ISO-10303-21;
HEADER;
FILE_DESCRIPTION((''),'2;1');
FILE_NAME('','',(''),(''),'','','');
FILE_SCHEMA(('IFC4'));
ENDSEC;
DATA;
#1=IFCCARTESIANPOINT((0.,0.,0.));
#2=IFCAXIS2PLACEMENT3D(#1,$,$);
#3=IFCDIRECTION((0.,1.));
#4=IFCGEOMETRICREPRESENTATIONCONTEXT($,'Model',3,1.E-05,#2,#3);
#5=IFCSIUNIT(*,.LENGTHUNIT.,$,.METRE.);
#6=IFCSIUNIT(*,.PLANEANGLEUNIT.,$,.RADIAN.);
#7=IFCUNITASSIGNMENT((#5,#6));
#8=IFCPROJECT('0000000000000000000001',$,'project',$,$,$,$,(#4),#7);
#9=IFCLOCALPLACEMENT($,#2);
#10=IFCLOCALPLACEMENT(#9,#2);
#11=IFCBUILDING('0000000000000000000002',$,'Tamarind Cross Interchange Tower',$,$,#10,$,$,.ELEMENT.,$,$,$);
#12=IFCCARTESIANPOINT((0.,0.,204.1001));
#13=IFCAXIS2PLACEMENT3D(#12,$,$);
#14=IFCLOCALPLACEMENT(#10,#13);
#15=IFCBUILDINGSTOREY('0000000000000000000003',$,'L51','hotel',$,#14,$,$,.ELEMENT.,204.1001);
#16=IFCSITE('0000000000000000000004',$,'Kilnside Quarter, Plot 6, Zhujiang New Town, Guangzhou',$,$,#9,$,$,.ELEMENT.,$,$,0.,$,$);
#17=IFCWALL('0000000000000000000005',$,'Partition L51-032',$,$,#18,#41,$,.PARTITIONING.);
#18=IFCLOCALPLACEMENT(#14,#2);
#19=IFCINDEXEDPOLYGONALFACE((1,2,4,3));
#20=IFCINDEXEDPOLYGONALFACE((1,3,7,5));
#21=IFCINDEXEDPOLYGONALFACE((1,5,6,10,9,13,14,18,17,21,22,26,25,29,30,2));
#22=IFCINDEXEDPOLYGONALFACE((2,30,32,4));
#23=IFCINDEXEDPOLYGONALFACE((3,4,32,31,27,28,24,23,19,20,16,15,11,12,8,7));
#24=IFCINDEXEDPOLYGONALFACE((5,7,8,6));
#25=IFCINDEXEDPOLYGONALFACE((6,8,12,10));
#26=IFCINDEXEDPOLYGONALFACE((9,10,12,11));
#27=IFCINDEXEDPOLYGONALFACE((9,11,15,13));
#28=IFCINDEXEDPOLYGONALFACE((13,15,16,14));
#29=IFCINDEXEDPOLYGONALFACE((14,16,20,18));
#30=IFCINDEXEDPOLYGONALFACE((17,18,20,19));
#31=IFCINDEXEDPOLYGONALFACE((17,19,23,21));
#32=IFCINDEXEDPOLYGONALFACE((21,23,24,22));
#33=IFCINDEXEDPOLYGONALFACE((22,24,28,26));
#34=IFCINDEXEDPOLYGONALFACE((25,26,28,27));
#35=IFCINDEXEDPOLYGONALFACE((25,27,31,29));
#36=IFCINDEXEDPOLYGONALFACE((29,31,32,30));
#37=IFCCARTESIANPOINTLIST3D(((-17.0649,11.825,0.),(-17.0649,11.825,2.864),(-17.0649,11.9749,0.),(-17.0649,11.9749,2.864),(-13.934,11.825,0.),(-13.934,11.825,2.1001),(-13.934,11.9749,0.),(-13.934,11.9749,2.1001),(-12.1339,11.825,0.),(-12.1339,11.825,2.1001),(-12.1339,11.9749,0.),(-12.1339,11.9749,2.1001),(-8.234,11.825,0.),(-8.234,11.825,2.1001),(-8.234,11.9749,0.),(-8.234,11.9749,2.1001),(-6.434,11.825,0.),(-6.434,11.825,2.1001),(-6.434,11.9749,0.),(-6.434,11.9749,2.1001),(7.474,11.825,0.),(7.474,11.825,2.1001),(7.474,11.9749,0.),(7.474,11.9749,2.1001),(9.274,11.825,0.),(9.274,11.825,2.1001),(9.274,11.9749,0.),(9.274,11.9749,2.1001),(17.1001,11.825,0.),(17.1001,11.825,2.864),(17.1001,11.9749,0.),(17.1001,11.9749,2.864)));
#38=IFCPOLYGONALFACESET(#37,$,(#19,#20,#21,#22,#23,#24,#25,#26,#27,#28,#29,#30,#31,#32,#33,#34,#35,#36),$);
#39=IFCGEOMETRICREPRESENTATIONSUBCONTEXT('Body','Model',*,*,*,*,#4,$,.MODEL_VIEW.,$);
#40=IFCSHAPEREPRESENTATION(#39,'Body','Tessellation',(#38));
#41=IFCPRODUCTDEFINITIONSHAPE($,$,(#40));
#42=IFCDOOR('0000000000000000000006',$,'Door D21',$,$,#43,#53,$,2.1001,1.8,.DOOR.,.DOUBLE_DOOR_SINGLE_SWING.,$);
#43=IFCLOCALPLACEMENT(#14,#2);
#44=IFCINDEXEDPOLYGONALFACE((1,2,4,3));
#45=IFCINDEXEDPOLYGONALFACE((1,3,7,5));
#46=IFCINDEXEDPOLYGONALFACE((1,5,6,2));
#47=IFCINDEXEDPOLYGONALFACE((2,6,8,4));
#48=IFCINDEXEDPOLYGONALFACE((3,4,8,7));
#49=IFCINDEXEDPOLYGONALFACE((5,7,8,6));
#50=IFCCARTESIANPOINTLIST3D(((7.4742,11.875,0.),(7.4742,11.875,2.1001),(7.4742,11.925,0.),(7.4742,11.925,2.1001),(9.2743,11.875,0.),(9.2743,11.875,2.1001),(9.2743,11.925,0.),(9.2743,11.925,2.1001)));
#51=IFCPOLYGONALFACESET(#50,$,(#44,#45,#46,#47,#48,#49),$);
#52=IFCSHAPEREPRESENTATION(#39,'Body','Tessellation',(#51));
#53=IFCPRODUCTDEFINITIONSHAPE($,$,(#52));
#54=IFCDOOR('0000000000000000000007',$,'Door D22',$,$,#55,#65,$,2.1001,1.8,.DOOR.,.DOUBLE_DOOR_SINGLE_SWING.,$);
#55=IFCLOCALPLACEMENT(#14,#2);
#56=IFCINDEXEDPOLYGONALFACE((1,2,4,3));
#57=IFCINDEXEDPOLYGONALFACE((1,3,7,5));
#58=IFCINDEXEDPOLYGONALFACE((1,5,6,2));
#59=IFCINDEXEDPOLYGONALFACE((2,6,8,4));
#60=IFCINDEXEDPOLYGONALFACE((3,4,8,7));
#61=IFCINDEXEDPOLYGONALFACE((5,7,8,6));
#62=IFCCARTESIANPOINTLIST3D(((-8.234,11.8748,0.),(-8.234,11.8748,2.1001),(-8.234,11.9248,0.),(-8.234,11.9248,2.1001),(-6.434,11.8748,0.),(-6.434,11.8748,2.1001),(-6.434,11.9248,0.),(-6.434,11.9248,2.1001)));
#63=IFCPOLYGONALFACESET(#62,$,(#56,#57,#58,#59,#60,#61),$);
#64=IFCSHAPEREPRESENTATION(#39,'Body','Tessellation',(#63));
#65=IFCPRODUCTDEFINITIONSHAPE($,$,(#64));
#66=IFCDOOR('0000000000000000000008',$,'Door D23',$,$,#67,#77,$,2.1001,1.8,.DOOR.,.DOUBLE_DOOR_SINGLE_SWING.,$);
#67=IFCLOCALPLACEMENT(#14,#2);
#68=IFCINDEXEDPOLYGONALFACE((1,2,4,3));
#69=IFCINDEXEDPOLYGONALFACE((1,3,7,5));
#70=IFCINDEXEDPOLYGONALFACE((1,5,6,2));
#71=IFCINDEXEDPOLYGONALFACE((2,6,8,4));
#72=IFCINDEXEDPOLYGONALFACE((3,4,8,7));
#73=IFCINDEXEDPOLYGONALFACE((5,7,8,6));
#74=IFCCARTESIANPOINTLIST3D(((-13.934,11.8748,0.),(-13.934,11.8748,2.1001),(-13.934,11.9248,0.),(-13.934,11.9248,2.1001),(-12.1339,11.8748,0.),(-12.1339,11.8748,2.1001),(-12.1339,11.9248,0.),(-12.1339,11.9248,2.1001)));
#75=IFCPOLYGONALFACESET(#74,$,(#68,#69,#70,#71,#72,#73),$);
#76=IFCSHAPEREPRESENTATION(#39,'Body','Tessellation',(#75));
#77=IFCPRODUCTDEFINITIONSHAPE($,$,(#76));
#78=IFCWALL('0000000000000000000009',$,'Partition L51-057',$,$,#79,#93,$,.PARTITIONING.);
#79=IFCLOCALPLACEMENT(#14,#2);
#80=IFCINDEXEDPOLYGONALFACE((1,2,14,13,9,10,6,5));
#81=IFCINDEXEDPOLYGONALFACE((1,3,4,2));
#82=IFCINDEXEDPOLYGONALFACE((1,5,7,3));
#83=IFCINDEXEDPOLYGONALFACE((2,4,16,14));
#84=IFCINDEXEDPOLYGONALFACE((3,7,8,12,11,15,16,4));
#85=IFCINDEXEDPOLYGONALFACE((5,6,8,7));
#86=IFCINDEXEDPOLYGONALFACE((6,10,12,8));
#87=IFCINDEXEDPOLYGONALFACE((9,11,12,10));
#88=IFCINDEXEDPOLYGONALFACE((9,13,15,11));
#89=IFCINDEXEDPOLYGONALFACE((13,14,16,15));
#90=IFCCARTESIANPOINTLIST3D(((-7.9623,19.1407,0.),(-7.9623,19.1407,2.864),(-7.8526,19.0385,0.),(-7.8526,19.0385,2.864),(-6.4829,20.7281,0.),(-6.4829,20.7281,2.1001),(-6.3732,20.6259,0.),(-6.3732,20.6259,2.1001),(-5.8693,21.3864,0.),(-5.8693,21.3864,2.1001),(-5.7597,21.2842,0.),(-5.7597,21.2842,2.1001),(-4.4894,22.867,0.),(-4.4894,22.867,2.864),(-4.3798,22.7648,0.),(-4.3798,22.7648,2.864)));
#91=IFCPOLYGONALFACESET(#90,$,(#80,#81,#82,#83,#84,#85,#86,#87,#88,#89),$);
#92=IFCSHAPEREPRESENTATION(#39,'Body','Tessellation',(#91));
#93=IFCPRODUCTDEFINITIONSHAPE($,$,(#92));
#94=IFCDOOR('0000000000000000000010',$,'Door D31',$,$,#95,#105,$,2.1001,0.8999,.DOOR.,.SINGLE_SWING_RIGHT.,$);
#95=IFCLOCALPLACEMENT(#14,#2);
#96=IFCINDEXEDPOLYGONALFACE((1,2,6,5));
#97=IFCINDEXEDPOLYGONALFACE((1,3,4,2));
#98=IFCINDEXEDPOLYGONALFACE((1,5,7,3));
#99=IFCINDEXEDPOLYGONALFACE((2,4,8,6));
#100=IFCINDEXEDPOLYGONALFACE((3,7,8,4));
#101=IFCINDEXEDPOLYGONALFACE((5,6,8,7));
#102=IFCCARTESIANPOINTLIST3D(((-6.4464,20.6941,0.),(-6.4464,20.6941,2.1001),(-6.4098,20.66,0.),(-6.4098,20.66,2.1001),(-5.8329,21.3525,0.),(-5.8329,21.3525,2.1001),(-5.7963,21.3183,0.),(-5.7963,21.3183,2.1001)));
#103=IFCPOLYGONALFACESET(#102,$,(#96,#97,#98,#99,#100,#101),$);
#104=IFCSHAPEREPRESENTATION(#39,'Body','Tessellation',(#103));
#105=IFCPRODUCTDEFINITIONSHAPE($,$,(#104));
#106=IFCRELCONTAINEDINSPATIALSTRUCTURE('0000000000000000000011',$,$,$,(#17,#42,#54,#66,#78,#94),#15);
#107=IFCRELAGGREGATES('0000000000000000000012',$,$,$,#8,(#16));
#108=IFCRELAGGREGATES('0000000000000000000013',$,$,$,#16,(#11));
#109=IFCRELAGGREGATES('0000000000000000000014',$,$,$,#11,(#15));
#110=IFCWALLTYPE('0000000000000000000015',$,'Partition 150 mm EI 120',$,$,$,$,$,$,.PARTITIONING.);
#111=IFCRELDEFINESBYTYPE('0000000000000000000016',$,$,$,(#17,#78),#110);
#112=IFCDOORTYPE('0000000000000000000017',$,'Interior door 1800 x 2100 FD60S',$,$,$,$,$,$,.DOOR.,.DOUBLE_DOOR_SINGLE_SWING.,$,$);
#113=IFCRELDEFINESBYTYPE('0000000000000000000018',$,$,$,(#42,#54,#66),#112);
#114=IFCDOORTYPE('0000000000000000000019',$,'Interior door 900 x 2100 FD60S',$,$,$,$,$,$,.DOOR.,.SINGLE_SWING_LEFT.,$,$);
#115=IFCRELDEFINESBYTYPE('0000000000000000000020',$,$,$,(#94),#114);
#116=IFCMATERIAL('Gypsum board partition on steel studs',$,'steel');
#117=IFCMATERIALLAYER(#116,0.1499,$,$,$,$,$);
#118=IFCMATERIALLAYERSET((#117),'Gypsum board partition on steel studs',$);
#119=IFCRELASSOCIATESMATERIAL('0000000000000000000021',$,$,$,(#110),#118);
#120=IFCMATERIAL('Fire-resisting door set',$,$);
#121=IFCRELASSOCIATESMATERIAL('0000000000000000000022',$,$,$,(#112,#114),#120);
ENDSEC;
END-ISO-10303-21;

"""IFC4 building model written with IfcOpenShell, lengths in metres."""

from ifc_helpers import new_model, si_unit, direction, frame, frame_2d, origin, place, context, subcontext, project, spatial, rectangle, extrude, material, layer, layer_set, type_object, element, fill, save


model = new_model("IFC4")

# Units and contexts
model_context = context("Model", 3, precision=1e-05, world=origin(), true_north=direction((0.0, 1.0)))
body_context = subcontext(model_context, "Body", "Model", "MODEL_VIEW")
ifc_project = project(units=[si_unit("LENGTHUNIT", "METRE"), si_unit("PLANEANGLEUNIT", "RADIAN")], contexts=[model_context])

# Site, building, storey
site_placement = place(None, origin())
site = spatial("IfcSite", under=ifc_project, at=site_placement, Name="Kilnside Quarter, Plot 6, Zhujiang New Town, Guangzhou", CompositionType="ELEMENT", RefElevation=0.0)
building_placement = place(site_placement, origin())
building = spatial("IfcBuilding", under=site, at=building_placement, Name="Tamarind Cross Interchange Tower", CompositionType="ELEMENT")
storey_placement = place(building_placement, frame((0.0, 0.0, 204.1001)))
storey = spatial("IfcBuildingStorey", under=building, at=storey_placement, Name="L51", Description="hotel", CompositionType="ELEMENT", Elevation=204.1001)

# Shared definitions
ifc_material_1 = material(Name="Gypsum board partition on steel studs", Category="steel")

# Wall, openings, doors
ifc_layer_1 = layer(ifc_material_1, 0.1499)
ifc_layer_set_1 = layer_set([ifc_layer_1], Name="Gypsum board partition on steel studs")
wall_type_1 = type_object("IfcWallType", Name="Partition 150 mm EI 120", PredefinedType="PARTITIONING", material=ifc_layer_set_1)
wall_1_placement = place(storey_placement, frame((-17.0649, 11.8999, 0.0), z_axis=(0.0, 0.0, 1.0), x_axis=(1.0, 0.0, 0.0)))
wall_1 = element("IfcWall", 1, at=wall_1_placement, inside=storey, type_object=wall_type_1, Name="Partition L51-032", PredefinedType="PARTITIONING", context=body_context, shape_type="SweptSolid", body=[
    extrude(rectangle(XDim=34.165, YDim=0.1499, at=frame_2d((17.0825, 0.0))), origin(), (0.0, 0.0, 1.0), 2.864),
])
opening_1_placement = place(wall_1_placement, frame((24.5391, 0.0, 0.0)))
opening_1 = element("IfcOpeningElement", 2, at=opening_1_placement, cuts=wall_1, PredefinedType="OPENING", context=body_context, shape_type="SweptSolid", body=[
    extrude(rectangle(XDim=1.8, YDim=2.1001, at=frame_2d((0.8999, 1.05))), frame((0.0, 0.085, 0.0), z_axis=(0.0, -1.0, 0.0), x_axis=(1.0, 0.0, 0.0)), (0.0, 0.0, 1.0), 0.1699),
])
opening_2_placement = place(wall_1_placement, frame((8.8311, 0.0, 0.0)))
opening_2 = element("IfcOpeningElement", 3, at=opening_2_placement, cuts=wall_1, PredefinedType="OPENING", context=body_context, shape_type="SweptSolid", body=[
    extrude(rectangle(XDim=1.8, YDim=2.1001, at=frame_2d((0.8999, 1.05))), frame((0.0, 0.085, 0.0), z_axis=(0.0, -1.0, 0.0), x_axis=(1.0, 0.0, 0.0)), (0.0, 0.0, 1.0), 0.1699),
])
opening_3_placement = place(wall_1_placement, frame((3.1311, 0.0, 0.0)))
opening_3 = element("IfcOpeningElement", 4, at=opening_3_placement, cuts=wall_1, PredefinedType="OPENING", context=body_context, shape_type="SweptSolid", body=[
    extrude(rectangle(XDim=1.8, YDim=2.1001, at=frame_2d((0.8999, 1.05))), frame((0.0, 0.085, 0.0), z_axis=(0.0, -1.0, 0.0), x_axis=(1.0, 0.0, 0.0)), (0.0, 0.0, 1.0), 0.1699),
])
ifc_material_2 = material(Name="Fire-resisting door set")
door_type_1 = type_object("IfcDoorType", Name="Interior door 1800 x 2100 FD60S", OperationType="DOUBLE_DOOR_SINGLE_SWING", PredefinedType="DOOR", material=ifc_material_2)
door_1_placement = place(opening_1_placement, frame((1.8, 0.0, 0.0), z_axis=(0.0, 0.0, 1.0), x_axis=(-1.0, 0.0, 0.0)))
door_1 = element("IfcDoor", 5, at=door_1_placement, inside=storey, type_object=door_type_1, Name="Door D21", OperationType="DOUBLE_DOOR_SINGLE_SWING", OverallHeight=2.1001, OverallWidth=1.8, PredefinedType="DOOR", context=body_context, shape_type="SweptSolid", body=[
    extrude(rectangle(XDim=1.8, YDim=2.1001, at=frame_2d((0.8999, 1.05))), frame((0.0, 0.0249, 0.0), z_axis=(0.0, -1.0, 0.0), x_axis=(1.0, 0.0, 0.0)), (0.0, 0.0, 1.0), 0.05),
])
fill(opening_1, door_1)
door_2_placement = place(opening_2_placement, origin())
door_2 = element("IfcDoor", 6, at=door_2_placement, inside=storey, type_object=door_type_1, Name="Door D22", OperationType="DOUBLE_DOOR_SINGLE_SWING", OverallHeight=2.1001, OverallWidth=1.8, PredefinedType="DOOR", context=body_context, shape_type="SweptSolid", body=[
    extrude(rectangle(XDim=1.8, YDim=2.1001, at=frame_2d((0.8999, 1.05))), frame((0.0, 0.0249, 0.0), z_axis=(0.0, -1.0, 0.0), x_axis=(1.0, 0.0, 0.0)), (0.0, 0.0, 1.0), 0.05),
])
fill(opening_2, door_2)
door_3_placement = place(opening_3_placement, origin())
door_3 = element("IfcDoor", 7, at=door_3_placement, inside=storey, type_object=door_type_1, Name="Door D23", OperationType="DOUBLE_DOOR_SINGLE_SWING", OverallHeight=2.1001, OverallWidth=1.8, PredefinedType="DOOR", context=body_context, shape_type="SweptSolid", body=[
    extrude(rectangle(XDim=1.8, YDim=2.1001, at=frame_2d((0.8999, 1.05))), frame((0.0, 0.0249, 0.0), z_axis=(0.0, -1.0, 0.0), x_axis=(1.0, 0.0, 0.0)), (0.0, 0.0, 1.0), 0.05),
])
fill(opening_3, door_3)

# Wall, opening, door
wall_2_placement = place(storey_placement, frame((-7.9075, 19.0896, 0.0), z_axis=(0.0, 0.0, 1.0), x_axis=(0.681794, 0.731544, 0.0)))
wall_2 = element("IfcWall", 8, at=wall_2_placement, inside=storey, type_object=wall_type_1, Name="Partition L51-057", PredefinedType="PARTITIONING", context=body_context, shape_type="SweptSolid", body=[
    extrude(rectangle(XDim=5.0938, YDim=0.1499, at=frame_2d((2.5469, 0.0))), origin(), (0.0, 0.0, 1.0), 2.864),
])
opening_4_placement = place(wall_2_placement, frame((2.1699, 0.0, 0.0)))
opening_4 = element("IfcOpeningElement", 9, at=opening_4_placement, cuts=wall_2, PredefinedType="OPENING", context=body_context, shape_type="SweptSolid", body=[
    extrude(rectangle(XDim=0.8999, YDim=2.1001, at=frame_2d((0.45, 1.05))), frame((0.0, 0.085, 0.0), z_axis=(0.0, -1.0, 0.0), x_axis=(1.0, 0.0, 0.0)), (0.0, 0.0, 1.0), 0.1699),
])
door_type_2 = type_object("IfcDoorType", Name="Interior door 900 x 2100 FD60S", OperationType="SINGLE_SWING_LEFT", PredefinedType="DOOR", material=ifc_material_2)
door_4_placement = place(opening_4_placement, frame((0.8999, 0.0, 0.0), z_axis=(0.0, 0.0, 1.0), x_axis=(-1.0, 0.0, 0.0)))
door_4 = element("IfcDoor", 10, at=door_4_placement, inside=storey, type_object=door_type_2, Name="Door D31", OperationType="SINGLE_SWING_RIGHT", OverallHeight=2.1001, OverallWidth=0.8999, PredefinedType="DOOR", context=body_context, shape_type="SweptSolid", body=[
    extrude(rectangle(XDim=0.8999, YDim=2.1001, at=frame_2d((0.45, 1.05))), frame((0.0, 0.0249, 0.0), z_axis=(0.0, -1.0, 0.0), x_axis=(1.0, 0.0, 0.0)), (0.0, 0.0, 1.0), 0.05),
])
fill(opening_4, door_4)

save(model, "model.ifc")
